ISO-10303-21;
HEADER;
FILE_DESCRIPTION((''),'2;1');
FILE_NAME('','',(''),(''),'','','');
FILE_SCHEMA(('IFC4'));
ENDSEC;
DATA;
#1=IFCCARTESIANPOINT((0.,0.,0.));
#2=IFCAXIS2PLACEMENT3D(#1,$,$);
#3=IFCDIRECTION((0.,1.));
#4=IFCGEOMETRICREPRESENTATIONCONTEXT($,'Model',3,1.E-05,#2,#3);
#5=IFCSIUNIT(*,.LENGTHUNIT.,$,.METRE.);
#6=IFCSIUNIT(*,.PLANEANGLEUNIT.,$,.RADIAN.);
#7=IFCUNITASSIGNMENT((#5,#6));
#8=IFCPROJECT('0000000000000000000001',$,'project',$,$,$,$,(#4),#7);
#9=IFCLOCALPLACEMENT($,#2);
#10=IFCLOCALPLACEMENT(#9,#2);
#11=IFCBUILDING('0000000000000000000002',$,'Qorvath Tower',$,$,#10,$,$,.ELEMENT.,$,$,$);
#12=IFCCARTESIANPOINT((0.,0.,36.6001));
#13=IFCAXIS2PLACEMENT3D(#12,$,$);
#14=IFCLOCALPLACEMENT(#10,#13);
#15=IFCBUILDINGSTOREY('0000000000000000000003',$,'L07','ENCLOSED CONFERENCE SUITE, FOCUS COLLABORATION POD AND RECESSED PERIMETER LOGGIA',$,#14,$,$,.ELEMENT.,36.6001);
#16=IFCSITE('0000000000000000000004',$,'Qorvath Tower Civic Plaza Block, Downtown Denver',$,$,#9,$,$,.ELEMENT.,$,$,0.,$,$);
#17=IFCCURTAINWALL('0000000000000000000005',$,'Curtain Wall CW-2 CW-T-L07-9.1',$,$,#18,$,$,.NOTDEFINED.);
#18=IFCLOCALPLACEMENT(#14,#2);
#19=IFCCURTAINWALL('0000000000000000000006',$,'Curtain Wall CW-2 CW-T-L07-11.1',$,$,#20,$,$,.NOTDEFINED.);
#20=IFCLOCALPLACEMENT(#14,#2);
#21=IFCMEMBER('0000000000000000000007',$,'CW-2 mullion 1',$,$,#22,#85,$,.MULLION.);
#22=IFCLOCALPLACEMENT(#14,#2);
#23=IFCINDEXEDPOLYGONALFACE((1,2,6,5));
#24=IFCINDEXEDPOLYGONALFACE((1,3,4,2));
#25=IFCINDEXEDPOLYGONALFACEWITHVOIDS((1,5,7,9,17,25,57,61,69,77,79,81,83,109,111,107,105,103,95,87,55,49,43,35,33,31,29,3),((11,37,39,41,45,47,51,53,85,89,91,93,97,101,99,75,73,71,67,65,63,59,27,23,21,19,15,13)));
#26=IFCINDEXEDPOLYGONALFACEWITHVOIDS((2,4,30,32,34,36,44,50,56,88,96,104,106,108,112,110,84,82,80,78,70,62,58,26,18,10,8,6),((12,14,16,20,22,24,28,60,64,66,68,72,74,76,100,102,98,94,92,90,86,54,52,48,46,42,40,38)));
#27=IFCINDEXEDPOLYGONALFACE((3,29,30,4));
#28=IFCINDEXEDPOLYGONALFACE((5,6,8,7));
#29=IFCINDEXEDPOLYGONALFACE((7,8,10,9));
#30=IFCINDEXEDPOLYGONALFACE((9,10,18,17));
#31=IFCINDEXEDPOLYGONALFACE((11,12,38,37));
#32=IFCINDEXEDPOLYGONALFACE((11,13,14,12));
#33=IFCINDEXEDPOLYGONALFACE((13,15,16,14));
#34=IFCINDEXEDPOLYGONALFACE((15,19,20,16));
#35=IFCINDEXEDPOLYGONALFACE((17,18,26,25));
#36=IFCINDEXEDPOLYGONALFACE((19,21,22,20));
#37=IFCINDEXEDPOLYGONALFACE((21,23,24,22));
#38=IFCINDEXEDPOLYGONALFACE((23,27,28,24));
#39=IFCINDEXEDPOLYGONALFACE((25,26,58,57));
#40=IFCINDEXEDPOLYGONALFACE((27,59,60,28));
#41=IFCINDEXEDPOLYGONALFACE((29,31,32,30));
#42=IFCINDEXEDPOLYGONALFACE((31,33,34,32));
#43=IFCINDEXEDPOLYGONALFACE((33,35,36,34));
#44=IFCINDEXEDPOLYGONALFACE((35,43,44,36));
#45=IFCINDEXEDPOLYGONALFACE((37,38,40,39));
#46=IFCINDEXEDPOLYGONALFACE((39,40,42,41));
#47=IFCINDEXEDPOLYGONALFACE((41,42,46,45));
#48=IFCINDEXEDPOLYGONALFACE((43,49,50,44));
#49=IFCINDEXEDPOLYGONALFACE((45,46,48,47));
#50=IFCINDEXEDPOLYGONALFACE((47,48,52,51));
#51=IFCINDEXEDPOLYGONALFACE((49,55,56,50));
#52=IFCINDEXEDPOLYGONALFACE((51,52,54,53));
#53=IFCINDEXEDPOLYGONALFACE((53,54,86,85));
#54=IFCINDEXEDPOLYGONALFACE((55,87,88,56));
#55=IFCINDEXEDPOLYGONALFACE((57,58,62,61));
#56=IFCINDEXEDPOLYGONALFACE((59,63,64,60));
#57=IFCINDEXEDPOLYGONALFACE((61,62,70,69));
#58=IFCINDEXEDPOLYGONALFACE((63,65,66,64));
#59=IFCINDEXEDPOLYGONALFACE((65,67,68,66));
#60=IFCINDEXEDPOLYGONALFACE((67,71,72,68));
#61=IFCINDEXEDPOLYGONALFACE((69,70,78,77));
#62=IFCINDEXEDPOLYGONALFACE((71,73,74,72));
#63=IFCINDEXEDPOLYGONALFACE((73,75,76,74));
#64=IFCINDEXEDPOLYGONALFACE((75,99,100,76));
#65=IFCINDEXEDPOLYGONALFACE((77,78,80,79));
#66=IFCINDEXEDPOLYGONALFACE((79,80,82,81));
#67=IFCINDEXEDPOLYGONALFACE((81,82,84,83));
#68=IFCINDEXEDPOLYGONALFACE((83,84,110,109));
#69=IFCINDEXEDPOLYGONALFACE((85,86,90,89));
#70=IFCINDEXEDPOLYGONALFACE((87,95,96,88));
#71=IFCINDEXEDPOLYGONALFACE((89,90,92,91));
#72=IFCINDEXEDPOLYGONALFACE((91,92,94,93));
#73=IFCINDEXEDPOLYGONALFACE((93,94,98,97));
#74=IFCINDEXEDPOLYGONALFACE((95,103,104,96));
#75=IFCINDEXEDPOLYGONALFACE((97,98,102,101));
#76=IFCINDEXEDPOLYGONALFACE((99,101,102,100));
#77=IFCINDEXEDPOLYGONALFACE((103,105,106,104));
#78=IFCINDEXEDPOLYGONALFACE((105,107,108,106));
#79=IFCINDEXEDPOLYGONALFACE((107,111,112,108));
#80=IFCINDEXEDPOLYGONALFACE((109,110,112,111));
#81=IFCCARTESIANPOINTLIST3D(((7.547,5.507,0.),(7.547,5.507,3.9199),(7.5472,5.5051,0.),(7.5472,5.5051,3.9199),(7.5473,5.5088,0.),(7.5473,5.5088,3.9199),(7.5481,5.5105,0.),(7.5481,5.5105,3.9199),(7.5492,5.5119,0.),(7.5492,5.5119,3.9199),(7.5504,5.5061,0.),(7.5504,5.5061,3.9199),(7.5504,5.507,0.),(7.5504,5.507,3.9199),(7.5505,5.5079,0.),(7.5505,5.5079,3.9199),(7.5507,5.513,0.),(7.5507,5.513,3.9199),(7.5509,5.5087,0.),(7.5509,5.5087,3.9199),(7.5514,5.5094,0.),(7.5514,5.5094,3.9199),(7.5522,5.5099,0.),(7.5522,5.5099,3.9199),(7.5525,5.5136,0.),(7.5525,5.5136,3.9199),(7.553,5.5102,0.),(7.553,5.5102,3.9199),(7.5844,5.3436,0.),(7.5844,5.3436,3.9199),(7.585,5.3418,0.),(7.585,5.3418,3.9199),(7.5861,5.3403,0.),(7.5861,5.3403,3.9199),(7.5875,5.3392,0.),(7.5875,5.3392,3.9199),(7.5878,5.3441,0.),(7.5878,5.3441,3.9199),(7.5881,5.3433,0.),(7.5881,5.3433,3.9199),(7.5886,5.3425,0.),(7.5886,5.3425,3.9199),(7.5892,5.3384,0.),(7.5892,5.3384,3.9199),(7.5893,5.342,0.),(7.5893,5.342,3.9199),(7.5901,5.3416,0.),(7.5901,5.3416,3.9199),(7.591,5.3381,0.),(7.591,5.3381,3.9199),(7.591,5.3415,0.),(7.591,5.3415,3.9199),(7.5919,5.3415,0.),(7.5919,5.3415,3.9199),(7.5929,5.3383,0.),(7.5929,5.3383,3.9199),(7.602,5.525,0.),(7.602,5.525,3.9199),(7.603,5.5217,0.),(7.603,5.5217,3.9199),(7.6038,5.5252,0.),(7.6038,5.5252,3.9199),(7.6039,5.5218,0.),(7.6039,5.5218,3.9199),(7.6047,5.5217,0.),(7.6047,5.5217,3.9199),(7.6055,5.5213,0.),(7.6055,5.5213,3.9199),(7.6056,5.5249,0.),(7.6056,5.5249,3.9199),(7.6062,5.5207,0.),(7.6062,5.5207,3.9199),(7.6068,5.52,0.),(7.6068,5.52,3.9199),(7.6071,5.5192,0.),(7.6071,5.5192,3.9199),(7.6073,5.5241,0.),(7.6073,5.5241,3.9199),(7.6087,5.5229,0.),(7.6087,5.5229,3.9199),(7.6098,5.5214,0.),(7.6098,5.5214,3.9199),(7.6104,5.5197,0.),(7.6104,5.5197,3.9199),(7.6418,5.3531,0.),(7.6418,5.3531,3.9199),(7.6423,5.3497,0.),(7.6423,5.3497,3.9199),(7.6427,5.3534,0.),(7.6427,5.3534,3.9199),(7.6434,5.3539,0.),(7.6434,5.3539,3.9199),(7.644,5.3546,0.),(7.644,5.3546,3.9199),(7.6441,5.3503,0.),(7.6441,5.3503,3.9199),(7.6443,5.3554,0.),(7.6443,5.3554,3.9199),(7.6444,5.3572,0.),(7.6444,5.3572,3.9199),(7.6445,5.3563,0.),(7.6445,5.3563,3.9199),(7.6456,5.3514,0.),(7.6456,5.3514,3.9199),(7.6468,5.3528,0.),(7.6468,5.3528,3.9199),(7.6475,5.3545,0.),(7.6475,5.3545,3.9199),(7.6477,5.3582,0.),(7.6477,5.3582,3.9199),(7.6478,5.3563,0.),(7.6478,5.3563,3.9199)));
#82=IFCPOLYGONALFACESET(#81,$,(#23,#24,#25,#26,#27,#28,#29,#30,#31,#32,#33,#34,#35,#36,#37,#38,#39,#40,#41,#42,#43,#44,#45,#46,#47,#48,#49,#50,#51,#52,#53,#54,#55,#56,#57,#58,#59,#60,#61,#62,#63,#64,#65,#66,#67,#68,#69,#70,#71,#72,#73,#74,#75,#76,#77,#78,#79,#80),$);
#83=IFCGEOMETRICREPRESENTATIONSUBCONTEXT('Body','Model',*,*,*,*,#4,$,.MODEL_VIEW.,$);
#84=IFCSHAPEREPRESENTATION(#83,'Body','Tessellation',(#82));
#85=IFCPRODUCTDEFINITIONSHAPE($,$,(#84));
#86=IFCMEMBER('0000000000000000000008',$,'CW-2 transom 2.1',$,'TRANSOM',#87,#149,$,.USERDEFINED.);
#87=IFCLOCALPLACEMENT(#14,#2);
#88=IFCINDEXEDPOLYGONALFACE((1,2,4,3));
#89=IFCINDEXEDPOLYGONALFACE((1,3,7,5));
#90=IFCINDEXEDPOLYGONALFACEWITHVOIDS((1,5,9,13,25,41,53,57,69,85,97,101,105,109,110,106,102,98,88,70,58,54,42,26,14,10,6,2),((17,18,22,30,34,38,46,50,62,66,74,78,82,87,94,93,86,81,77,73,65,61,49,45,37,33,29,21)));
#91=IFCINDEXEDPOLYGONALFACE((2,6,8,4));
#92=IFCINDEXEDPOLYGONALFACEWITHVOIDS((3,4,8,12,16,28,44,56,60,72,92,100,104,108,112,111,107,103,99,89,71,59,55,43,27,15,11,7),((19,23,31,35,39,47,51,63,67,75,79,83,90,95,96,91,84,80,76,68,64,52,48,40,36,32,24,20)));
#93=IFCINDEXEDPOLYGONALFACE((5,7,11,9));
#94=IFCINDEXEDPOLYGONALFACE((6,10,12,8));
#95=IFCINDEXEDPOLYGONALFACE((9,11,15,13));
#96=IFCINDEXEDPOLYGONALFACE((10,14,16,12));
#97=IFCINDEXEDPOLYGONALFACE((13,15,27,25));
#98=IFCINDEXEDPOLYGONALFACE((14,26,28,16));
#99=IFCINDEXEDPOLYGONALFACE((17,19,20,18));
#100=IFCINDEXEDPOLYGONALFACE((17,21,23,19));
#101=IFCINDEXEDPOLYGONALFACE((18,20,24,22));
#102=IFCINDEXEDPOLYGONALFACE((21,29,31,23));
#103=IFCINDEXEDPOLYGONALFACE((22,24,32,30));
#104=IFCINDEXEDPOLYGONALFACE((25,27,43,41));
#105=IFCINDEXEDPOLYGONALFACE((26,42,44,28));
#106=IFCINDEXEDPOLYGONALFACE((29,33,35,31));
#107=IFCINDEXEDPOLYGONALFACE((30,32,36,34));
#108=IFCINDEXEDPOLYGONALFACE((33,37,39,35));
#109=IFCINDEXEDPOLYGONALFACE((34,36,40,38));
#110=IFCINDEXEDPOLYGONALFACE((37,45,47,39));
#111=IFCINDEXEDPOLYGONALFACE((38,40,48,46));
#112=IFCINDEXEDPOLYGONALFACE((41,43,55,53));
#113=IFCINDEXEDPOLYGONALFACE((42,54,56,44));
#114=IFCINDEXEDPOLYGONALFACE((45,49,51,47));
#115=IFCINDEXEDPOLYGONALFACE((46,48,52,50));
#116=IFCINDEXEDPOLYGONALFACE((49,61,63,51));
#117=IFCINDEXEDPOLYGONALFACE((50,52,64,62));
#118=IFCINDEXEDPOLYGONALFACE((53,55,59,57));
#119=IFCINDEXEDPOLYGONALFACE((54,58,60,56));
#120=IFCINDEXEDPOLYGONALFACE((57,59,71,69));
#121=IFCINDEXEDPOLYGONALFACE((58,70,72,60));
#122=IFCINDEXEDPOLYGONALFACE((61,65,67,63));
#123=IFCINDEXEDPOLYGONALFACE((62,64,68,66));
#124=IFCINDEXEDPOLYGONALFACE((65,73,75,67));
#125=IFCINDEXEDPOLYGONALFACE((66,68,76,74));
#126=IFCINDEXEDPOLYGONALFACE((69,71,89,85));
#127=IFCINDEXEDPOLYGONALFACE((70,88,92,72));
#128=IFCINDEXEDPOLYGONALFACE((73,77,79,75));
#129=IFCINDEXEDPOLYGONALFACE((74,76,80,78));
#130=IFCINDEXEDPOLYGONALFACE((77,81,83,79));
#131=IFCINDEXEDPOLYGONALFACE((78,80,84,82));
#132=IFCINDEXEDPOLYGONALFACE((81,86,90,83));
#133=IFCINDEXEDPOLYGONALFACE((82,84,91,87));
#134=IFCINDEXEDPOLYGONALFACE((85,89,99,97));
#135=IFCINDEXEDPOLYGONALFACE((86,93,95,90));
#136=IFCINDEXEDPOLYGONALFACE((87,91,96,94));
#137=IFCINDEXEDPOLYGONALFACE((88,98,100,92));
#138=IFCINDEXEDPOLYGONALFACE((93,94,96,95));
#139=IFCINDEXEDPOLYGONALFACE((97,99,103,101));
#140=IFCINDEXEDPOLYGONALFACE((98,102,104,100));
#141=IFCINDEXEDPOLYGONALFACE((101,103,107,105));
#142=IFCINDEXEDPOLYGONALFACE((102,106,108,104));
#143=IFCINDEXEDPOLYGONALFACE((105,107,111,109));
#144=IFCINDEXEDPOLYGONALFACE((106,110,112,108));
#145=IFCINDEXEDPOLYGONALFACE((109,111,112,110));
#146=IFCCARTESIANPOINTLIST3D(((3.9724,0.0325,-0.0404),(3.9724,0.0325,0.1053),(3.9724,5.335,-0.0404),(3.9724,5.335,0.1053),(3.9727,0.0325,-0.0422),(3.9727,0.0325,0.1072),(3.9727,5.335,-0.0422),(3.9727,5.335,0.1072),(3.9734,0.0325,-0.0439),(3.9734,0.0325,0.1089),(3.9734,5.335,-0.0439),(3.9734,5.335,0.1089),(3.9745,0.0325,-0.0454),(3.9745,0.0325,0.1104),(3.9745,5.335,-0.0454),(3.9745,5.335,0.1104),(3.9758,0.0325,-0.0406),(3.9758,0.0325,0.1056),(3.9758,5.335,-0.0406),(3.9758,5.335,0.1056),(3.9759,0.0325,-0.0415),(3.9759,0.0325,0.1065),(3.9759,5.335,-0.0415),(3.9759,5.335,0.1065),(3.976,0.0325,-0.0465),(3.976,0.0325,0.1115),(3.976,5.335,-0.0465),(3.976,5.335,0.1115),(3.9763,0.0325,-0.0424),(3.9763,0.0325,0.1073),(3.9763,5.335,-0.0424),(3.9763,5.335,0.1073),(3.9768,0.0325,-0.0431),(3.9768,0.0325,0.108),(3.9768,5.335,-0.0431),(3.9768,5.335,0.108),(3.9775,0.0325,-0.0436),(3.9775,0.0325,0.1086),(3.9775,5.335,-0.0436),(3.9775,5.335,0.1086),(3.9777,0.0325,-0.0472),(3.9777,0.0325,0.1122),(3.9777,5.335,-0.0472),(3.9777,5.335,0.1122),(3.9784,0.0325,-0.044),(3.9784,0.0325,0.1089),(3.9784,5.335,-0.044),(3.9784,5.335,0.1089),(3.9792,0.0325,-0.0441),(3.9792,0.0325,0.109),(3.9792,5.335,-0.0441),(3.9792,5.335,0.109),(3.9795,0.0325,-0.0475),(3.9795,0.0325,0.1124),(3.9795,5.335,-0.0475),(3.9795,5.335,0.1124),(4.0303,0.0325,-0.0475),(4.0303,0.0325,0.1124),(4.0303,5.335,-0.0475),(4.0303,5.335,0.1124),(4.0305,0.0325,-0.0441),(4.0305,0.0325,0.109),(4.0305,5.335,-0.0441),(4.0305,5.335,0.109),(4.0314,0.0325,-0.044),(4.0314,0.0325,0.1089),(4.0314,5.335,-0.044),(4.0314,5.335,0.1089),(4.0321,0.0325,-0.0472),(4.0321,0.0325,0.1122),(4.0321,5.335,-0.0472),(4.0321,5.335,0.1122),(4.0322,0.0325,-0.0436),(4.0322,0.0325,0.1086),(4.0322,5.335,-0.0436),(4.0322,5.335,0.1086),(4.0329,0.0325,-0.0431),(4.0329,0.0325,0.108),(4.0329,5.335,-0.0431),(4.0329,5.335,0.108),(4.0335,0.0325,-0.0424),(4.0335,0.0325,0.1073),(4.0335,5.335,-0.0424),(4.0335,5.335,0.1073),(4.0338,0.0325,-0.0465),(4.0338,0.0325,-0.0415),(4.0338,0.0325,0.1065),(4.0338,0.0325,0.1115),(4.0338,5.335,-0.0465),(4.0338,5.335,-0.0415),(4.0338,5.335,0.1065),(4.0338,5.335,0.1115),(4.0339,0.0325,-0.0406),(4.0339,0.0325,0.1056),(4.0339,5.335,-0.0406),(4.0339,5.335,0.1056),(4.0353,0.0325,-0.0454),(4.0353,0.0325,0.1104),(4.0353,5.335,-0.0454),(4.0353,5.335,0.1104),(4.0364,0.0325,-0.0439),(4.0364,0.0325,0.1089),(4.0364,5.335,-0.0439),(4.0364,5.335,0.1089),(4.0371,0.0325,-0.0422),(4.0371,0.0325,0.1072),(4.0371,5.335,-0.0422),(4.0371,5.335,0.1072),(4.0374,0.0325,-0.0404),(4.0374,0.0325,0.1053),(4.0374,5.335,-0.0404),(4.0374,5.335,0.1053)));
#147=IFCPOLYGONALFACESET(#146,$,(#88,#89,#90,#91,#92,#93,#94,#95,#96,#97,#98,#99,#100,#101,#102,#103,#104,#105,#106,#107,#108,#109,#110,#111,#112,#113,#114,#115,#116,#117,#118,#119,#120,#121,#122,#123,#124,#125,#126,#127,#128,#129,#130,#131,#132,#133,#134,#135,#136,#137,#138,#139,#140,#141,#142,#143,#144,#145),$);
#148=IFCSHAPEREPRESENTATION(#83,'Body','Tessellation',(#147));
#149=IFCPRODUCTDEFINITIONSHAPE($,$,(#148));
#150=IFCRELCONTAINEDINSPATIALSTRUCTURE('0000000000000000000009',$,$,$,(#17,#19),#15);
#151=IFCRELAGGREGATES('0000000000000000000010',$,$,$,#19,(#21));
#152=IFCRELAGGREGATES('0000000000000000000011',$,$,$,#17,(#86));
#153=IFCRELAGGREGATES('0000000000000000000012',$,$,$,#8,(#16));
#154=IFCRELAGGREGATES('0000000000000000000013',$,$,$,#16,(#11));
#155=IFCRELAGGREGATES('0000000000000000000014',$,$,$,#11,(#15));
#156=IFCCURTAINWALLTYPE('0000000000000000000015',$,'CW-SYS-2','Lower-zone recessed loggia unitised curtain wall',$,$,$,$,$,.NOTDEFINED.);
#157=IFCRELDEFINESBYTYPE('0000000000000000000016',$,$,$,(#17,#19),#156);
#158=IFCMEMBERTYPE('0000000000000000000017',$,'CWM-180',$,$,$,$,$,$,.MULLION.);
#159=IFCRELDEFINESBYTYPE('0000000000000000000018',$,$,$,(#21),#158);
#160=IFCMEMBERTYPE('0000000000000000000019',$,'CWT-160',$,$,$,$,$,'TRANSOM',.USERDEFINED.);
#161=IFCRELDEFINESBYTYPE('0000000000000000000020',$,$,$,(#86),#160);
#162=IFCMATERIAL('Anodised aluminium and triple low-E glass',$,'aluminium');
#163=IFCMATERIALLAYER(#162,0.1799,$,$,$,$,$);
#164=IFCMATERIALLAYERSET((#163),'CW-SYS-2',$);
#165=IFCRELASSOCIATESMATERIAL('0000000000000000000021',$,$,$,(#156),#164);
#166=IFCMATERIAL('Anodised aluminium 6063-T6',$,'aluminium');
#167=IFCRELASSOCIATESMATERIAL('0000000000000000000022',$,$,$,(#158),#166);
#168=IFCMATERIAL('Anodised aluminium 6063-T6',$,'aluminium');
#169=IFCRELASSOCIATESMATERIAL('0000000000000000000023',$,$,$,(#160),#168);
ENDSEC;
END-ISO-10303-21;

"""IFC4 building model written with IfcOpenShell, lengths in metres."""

from ifc_helpers import new_model, si_unit, direction, frame, origin, origin_2d, place, context, subcontext, project, spatial, hollow_rectangle, extrude, material, layer, layer_set, material_profile, profile_set, type_object, element, aggregate, save


model = new_model("IFC4")

# Units and contexts
model_context = context("Model", 3, precision=1e-05, world=origin(), true_north=direction((0.0, 1.0)))
body_context = subcontext(model_context, "Body", "Model", "MODEL_VIEW")
ifc_project = project(units=[si_unit("LENGTHUNIT", "METRE"), si_unit("PLANEANGLEUNIT", "RADIAN")], contexts=[model_context])

# Site, building, storey
site_placement = place(None, origin())
site = spatial("IfcSite", under=ifc_project, at=site_placement, Name="Qorvath Tower Civic Plaza Block, Downtown Denver", CompositionType="ELEMENT", RefElevation=0.0)
building_placement = place(site_placement, origin())
building = spatial("IfcBuilding", under=site, at=building_placement, Name="Qorvath Tower", CompositionType="ELEMENT")
storey_placement = place(building_placement, frame((0.0, 0.0, 36.6001)))
storey = spatial("IfcBuildingStorey", under=building, at=storey_placement, Name="L07", Description="ENCLOSED CONFERENCE SUITE, FOCUS COLLABORATION POD AND RECESSED PERIMETER LOGGIA", CompositionType="ELEMENT", Elevation=36.6001)

# Curtain wall
ifc_material_1 = material(Name="Anodised aluminium and triple low-E glass", Category="aluminium")
ifc_layer_1 = layer(ifc_material_1, 0.1799)
ifc_layer_set_1 = layer_set([ifc_layer_1], Name="CW-SYS-2")
curtain_wall_type = type_object("IfcCurtainWallType", Name="CW-SYS-2", Description="Lower-zone recessed loggia unitised curtain wall", PredefinedType="NOTDEFINED", material=ifc_layer_set_1)
curtain_wall_1_placement = place(storey_placement, origin())
curtain_wall_1 = element("IfcCurtainWall", 1, at=curtain_wall_1_placement, inside=storey, type_object=curtain_wall_type, Name="Curtain Wall CW-2 CW-T-L07-9.1", PredefinedType="NOTDEFINED")
ifc_material_2 = material(Name="Anodised aluminium 6063-T6", Category="aluminium")
ifc_material_profile_1 = material_profile(ifc_material_2, hollow_rectangle(XDim=0.0649, YDim=0.1799, WallThickness=0.0034, InnerFilletRadius=0.0034, OuterFilletRadius=0.0071, at=origin_2d()), Name="CWM 180x65")
ifc_profile_set_1 = profile_set([ifc_material_profile_1], Name="Anodised aluminium 6063-T6")
member_type_1 = type_object("IfcMemberType", Name="CWM-180", PredefinedType="MULLION", material=ifc_profile_set_1)

# Curtain wall, member
curtain_wall_2_placement = place(storey_placement, origin())
curtain_wall_2 = element("IfcCurtainWall", 2, at=curtain_wall_2_placement, inside=storey, type_object=curtain_wall_type, Name="Curtain Wall CW-2 CW-T-L07-11.1", PredefinedType="NOTDEFINED")
member_1_placement = place(storey_placement, frame((7.5974, 5.4316, 0.0), z_axis=(0.0, 0.0, 1.0), x_axis=(-0.974481, -0.224471, 0.0)))
member_1 = element("IfcMember", 3, at=member_1_placement, type_object=member_type_1, Name="CW-2 mullion 1", PredefinedType="MULLION", context=body_context, shape_type="SweptSolid", body=[
    extrude(hollow_rectangle(XDim=0.0649, YDim=0.1799, WallThickness=0.0034, InnerFilletRadius=0.0034, OuterFilletRadius=0.0071, at=origin_2d()), origin(), (0.0, 0.0, 1.0), 3.9199),
])

# Member
ifc_material_3 = material(Name="Anodised aluminium 6063-T6", Category="aluminium")
ifc_material_profile_2 = material_profile(ifc_material_3, hollow_rectangle(XDim=0.0649, YDim=0.1599, WallThickness=0.0034, InnerFilletRadius=0.0034, OuterFilletRadius=0.0071, at=origin_2d()), Name="CWT 160x65")
ifc_profile_set_2 = profile_set([ifc_material_profile_2], Name="Anodised aluminium 6063-T6")
member_type_2 = type_object("IfcMemberType", Name="CWT-160", ElementType="TRANSOM", PredefinedType="USERDEFINED", material=ifc_profile_set_2)
member_2_placement = place(storey_placement, frame((4.0049, 0.0325, 0.0325), z_axis=(0.0, 1.0, 0.0), x_axis=(-1.0, 0.0, 0.0)))
member_2 = element("IfcMember", 4, at=member_2_placement, type_object=member_type_2, Name="CW-2 transom 2.1", ObjectType="TRANSOM", PredefinedType="USERDEFINED", context=body_context, shape_type="SweptSolid", body=[
    extrude(hollow_rectangle(XDim=0.0649, YDim=0.1599, WallThickness=0.0034, InnerFilletRadius=0.0034, OuterFilletRadius=0.0071, at=origin_2d()), origin(), (0.0, 0.0, 1.0), 5.3025),
])
aggregate(curtain_wall_2, [member_1])

aggregate(curtain_wall_1, [member_2])

save(model, "model.ifc")
